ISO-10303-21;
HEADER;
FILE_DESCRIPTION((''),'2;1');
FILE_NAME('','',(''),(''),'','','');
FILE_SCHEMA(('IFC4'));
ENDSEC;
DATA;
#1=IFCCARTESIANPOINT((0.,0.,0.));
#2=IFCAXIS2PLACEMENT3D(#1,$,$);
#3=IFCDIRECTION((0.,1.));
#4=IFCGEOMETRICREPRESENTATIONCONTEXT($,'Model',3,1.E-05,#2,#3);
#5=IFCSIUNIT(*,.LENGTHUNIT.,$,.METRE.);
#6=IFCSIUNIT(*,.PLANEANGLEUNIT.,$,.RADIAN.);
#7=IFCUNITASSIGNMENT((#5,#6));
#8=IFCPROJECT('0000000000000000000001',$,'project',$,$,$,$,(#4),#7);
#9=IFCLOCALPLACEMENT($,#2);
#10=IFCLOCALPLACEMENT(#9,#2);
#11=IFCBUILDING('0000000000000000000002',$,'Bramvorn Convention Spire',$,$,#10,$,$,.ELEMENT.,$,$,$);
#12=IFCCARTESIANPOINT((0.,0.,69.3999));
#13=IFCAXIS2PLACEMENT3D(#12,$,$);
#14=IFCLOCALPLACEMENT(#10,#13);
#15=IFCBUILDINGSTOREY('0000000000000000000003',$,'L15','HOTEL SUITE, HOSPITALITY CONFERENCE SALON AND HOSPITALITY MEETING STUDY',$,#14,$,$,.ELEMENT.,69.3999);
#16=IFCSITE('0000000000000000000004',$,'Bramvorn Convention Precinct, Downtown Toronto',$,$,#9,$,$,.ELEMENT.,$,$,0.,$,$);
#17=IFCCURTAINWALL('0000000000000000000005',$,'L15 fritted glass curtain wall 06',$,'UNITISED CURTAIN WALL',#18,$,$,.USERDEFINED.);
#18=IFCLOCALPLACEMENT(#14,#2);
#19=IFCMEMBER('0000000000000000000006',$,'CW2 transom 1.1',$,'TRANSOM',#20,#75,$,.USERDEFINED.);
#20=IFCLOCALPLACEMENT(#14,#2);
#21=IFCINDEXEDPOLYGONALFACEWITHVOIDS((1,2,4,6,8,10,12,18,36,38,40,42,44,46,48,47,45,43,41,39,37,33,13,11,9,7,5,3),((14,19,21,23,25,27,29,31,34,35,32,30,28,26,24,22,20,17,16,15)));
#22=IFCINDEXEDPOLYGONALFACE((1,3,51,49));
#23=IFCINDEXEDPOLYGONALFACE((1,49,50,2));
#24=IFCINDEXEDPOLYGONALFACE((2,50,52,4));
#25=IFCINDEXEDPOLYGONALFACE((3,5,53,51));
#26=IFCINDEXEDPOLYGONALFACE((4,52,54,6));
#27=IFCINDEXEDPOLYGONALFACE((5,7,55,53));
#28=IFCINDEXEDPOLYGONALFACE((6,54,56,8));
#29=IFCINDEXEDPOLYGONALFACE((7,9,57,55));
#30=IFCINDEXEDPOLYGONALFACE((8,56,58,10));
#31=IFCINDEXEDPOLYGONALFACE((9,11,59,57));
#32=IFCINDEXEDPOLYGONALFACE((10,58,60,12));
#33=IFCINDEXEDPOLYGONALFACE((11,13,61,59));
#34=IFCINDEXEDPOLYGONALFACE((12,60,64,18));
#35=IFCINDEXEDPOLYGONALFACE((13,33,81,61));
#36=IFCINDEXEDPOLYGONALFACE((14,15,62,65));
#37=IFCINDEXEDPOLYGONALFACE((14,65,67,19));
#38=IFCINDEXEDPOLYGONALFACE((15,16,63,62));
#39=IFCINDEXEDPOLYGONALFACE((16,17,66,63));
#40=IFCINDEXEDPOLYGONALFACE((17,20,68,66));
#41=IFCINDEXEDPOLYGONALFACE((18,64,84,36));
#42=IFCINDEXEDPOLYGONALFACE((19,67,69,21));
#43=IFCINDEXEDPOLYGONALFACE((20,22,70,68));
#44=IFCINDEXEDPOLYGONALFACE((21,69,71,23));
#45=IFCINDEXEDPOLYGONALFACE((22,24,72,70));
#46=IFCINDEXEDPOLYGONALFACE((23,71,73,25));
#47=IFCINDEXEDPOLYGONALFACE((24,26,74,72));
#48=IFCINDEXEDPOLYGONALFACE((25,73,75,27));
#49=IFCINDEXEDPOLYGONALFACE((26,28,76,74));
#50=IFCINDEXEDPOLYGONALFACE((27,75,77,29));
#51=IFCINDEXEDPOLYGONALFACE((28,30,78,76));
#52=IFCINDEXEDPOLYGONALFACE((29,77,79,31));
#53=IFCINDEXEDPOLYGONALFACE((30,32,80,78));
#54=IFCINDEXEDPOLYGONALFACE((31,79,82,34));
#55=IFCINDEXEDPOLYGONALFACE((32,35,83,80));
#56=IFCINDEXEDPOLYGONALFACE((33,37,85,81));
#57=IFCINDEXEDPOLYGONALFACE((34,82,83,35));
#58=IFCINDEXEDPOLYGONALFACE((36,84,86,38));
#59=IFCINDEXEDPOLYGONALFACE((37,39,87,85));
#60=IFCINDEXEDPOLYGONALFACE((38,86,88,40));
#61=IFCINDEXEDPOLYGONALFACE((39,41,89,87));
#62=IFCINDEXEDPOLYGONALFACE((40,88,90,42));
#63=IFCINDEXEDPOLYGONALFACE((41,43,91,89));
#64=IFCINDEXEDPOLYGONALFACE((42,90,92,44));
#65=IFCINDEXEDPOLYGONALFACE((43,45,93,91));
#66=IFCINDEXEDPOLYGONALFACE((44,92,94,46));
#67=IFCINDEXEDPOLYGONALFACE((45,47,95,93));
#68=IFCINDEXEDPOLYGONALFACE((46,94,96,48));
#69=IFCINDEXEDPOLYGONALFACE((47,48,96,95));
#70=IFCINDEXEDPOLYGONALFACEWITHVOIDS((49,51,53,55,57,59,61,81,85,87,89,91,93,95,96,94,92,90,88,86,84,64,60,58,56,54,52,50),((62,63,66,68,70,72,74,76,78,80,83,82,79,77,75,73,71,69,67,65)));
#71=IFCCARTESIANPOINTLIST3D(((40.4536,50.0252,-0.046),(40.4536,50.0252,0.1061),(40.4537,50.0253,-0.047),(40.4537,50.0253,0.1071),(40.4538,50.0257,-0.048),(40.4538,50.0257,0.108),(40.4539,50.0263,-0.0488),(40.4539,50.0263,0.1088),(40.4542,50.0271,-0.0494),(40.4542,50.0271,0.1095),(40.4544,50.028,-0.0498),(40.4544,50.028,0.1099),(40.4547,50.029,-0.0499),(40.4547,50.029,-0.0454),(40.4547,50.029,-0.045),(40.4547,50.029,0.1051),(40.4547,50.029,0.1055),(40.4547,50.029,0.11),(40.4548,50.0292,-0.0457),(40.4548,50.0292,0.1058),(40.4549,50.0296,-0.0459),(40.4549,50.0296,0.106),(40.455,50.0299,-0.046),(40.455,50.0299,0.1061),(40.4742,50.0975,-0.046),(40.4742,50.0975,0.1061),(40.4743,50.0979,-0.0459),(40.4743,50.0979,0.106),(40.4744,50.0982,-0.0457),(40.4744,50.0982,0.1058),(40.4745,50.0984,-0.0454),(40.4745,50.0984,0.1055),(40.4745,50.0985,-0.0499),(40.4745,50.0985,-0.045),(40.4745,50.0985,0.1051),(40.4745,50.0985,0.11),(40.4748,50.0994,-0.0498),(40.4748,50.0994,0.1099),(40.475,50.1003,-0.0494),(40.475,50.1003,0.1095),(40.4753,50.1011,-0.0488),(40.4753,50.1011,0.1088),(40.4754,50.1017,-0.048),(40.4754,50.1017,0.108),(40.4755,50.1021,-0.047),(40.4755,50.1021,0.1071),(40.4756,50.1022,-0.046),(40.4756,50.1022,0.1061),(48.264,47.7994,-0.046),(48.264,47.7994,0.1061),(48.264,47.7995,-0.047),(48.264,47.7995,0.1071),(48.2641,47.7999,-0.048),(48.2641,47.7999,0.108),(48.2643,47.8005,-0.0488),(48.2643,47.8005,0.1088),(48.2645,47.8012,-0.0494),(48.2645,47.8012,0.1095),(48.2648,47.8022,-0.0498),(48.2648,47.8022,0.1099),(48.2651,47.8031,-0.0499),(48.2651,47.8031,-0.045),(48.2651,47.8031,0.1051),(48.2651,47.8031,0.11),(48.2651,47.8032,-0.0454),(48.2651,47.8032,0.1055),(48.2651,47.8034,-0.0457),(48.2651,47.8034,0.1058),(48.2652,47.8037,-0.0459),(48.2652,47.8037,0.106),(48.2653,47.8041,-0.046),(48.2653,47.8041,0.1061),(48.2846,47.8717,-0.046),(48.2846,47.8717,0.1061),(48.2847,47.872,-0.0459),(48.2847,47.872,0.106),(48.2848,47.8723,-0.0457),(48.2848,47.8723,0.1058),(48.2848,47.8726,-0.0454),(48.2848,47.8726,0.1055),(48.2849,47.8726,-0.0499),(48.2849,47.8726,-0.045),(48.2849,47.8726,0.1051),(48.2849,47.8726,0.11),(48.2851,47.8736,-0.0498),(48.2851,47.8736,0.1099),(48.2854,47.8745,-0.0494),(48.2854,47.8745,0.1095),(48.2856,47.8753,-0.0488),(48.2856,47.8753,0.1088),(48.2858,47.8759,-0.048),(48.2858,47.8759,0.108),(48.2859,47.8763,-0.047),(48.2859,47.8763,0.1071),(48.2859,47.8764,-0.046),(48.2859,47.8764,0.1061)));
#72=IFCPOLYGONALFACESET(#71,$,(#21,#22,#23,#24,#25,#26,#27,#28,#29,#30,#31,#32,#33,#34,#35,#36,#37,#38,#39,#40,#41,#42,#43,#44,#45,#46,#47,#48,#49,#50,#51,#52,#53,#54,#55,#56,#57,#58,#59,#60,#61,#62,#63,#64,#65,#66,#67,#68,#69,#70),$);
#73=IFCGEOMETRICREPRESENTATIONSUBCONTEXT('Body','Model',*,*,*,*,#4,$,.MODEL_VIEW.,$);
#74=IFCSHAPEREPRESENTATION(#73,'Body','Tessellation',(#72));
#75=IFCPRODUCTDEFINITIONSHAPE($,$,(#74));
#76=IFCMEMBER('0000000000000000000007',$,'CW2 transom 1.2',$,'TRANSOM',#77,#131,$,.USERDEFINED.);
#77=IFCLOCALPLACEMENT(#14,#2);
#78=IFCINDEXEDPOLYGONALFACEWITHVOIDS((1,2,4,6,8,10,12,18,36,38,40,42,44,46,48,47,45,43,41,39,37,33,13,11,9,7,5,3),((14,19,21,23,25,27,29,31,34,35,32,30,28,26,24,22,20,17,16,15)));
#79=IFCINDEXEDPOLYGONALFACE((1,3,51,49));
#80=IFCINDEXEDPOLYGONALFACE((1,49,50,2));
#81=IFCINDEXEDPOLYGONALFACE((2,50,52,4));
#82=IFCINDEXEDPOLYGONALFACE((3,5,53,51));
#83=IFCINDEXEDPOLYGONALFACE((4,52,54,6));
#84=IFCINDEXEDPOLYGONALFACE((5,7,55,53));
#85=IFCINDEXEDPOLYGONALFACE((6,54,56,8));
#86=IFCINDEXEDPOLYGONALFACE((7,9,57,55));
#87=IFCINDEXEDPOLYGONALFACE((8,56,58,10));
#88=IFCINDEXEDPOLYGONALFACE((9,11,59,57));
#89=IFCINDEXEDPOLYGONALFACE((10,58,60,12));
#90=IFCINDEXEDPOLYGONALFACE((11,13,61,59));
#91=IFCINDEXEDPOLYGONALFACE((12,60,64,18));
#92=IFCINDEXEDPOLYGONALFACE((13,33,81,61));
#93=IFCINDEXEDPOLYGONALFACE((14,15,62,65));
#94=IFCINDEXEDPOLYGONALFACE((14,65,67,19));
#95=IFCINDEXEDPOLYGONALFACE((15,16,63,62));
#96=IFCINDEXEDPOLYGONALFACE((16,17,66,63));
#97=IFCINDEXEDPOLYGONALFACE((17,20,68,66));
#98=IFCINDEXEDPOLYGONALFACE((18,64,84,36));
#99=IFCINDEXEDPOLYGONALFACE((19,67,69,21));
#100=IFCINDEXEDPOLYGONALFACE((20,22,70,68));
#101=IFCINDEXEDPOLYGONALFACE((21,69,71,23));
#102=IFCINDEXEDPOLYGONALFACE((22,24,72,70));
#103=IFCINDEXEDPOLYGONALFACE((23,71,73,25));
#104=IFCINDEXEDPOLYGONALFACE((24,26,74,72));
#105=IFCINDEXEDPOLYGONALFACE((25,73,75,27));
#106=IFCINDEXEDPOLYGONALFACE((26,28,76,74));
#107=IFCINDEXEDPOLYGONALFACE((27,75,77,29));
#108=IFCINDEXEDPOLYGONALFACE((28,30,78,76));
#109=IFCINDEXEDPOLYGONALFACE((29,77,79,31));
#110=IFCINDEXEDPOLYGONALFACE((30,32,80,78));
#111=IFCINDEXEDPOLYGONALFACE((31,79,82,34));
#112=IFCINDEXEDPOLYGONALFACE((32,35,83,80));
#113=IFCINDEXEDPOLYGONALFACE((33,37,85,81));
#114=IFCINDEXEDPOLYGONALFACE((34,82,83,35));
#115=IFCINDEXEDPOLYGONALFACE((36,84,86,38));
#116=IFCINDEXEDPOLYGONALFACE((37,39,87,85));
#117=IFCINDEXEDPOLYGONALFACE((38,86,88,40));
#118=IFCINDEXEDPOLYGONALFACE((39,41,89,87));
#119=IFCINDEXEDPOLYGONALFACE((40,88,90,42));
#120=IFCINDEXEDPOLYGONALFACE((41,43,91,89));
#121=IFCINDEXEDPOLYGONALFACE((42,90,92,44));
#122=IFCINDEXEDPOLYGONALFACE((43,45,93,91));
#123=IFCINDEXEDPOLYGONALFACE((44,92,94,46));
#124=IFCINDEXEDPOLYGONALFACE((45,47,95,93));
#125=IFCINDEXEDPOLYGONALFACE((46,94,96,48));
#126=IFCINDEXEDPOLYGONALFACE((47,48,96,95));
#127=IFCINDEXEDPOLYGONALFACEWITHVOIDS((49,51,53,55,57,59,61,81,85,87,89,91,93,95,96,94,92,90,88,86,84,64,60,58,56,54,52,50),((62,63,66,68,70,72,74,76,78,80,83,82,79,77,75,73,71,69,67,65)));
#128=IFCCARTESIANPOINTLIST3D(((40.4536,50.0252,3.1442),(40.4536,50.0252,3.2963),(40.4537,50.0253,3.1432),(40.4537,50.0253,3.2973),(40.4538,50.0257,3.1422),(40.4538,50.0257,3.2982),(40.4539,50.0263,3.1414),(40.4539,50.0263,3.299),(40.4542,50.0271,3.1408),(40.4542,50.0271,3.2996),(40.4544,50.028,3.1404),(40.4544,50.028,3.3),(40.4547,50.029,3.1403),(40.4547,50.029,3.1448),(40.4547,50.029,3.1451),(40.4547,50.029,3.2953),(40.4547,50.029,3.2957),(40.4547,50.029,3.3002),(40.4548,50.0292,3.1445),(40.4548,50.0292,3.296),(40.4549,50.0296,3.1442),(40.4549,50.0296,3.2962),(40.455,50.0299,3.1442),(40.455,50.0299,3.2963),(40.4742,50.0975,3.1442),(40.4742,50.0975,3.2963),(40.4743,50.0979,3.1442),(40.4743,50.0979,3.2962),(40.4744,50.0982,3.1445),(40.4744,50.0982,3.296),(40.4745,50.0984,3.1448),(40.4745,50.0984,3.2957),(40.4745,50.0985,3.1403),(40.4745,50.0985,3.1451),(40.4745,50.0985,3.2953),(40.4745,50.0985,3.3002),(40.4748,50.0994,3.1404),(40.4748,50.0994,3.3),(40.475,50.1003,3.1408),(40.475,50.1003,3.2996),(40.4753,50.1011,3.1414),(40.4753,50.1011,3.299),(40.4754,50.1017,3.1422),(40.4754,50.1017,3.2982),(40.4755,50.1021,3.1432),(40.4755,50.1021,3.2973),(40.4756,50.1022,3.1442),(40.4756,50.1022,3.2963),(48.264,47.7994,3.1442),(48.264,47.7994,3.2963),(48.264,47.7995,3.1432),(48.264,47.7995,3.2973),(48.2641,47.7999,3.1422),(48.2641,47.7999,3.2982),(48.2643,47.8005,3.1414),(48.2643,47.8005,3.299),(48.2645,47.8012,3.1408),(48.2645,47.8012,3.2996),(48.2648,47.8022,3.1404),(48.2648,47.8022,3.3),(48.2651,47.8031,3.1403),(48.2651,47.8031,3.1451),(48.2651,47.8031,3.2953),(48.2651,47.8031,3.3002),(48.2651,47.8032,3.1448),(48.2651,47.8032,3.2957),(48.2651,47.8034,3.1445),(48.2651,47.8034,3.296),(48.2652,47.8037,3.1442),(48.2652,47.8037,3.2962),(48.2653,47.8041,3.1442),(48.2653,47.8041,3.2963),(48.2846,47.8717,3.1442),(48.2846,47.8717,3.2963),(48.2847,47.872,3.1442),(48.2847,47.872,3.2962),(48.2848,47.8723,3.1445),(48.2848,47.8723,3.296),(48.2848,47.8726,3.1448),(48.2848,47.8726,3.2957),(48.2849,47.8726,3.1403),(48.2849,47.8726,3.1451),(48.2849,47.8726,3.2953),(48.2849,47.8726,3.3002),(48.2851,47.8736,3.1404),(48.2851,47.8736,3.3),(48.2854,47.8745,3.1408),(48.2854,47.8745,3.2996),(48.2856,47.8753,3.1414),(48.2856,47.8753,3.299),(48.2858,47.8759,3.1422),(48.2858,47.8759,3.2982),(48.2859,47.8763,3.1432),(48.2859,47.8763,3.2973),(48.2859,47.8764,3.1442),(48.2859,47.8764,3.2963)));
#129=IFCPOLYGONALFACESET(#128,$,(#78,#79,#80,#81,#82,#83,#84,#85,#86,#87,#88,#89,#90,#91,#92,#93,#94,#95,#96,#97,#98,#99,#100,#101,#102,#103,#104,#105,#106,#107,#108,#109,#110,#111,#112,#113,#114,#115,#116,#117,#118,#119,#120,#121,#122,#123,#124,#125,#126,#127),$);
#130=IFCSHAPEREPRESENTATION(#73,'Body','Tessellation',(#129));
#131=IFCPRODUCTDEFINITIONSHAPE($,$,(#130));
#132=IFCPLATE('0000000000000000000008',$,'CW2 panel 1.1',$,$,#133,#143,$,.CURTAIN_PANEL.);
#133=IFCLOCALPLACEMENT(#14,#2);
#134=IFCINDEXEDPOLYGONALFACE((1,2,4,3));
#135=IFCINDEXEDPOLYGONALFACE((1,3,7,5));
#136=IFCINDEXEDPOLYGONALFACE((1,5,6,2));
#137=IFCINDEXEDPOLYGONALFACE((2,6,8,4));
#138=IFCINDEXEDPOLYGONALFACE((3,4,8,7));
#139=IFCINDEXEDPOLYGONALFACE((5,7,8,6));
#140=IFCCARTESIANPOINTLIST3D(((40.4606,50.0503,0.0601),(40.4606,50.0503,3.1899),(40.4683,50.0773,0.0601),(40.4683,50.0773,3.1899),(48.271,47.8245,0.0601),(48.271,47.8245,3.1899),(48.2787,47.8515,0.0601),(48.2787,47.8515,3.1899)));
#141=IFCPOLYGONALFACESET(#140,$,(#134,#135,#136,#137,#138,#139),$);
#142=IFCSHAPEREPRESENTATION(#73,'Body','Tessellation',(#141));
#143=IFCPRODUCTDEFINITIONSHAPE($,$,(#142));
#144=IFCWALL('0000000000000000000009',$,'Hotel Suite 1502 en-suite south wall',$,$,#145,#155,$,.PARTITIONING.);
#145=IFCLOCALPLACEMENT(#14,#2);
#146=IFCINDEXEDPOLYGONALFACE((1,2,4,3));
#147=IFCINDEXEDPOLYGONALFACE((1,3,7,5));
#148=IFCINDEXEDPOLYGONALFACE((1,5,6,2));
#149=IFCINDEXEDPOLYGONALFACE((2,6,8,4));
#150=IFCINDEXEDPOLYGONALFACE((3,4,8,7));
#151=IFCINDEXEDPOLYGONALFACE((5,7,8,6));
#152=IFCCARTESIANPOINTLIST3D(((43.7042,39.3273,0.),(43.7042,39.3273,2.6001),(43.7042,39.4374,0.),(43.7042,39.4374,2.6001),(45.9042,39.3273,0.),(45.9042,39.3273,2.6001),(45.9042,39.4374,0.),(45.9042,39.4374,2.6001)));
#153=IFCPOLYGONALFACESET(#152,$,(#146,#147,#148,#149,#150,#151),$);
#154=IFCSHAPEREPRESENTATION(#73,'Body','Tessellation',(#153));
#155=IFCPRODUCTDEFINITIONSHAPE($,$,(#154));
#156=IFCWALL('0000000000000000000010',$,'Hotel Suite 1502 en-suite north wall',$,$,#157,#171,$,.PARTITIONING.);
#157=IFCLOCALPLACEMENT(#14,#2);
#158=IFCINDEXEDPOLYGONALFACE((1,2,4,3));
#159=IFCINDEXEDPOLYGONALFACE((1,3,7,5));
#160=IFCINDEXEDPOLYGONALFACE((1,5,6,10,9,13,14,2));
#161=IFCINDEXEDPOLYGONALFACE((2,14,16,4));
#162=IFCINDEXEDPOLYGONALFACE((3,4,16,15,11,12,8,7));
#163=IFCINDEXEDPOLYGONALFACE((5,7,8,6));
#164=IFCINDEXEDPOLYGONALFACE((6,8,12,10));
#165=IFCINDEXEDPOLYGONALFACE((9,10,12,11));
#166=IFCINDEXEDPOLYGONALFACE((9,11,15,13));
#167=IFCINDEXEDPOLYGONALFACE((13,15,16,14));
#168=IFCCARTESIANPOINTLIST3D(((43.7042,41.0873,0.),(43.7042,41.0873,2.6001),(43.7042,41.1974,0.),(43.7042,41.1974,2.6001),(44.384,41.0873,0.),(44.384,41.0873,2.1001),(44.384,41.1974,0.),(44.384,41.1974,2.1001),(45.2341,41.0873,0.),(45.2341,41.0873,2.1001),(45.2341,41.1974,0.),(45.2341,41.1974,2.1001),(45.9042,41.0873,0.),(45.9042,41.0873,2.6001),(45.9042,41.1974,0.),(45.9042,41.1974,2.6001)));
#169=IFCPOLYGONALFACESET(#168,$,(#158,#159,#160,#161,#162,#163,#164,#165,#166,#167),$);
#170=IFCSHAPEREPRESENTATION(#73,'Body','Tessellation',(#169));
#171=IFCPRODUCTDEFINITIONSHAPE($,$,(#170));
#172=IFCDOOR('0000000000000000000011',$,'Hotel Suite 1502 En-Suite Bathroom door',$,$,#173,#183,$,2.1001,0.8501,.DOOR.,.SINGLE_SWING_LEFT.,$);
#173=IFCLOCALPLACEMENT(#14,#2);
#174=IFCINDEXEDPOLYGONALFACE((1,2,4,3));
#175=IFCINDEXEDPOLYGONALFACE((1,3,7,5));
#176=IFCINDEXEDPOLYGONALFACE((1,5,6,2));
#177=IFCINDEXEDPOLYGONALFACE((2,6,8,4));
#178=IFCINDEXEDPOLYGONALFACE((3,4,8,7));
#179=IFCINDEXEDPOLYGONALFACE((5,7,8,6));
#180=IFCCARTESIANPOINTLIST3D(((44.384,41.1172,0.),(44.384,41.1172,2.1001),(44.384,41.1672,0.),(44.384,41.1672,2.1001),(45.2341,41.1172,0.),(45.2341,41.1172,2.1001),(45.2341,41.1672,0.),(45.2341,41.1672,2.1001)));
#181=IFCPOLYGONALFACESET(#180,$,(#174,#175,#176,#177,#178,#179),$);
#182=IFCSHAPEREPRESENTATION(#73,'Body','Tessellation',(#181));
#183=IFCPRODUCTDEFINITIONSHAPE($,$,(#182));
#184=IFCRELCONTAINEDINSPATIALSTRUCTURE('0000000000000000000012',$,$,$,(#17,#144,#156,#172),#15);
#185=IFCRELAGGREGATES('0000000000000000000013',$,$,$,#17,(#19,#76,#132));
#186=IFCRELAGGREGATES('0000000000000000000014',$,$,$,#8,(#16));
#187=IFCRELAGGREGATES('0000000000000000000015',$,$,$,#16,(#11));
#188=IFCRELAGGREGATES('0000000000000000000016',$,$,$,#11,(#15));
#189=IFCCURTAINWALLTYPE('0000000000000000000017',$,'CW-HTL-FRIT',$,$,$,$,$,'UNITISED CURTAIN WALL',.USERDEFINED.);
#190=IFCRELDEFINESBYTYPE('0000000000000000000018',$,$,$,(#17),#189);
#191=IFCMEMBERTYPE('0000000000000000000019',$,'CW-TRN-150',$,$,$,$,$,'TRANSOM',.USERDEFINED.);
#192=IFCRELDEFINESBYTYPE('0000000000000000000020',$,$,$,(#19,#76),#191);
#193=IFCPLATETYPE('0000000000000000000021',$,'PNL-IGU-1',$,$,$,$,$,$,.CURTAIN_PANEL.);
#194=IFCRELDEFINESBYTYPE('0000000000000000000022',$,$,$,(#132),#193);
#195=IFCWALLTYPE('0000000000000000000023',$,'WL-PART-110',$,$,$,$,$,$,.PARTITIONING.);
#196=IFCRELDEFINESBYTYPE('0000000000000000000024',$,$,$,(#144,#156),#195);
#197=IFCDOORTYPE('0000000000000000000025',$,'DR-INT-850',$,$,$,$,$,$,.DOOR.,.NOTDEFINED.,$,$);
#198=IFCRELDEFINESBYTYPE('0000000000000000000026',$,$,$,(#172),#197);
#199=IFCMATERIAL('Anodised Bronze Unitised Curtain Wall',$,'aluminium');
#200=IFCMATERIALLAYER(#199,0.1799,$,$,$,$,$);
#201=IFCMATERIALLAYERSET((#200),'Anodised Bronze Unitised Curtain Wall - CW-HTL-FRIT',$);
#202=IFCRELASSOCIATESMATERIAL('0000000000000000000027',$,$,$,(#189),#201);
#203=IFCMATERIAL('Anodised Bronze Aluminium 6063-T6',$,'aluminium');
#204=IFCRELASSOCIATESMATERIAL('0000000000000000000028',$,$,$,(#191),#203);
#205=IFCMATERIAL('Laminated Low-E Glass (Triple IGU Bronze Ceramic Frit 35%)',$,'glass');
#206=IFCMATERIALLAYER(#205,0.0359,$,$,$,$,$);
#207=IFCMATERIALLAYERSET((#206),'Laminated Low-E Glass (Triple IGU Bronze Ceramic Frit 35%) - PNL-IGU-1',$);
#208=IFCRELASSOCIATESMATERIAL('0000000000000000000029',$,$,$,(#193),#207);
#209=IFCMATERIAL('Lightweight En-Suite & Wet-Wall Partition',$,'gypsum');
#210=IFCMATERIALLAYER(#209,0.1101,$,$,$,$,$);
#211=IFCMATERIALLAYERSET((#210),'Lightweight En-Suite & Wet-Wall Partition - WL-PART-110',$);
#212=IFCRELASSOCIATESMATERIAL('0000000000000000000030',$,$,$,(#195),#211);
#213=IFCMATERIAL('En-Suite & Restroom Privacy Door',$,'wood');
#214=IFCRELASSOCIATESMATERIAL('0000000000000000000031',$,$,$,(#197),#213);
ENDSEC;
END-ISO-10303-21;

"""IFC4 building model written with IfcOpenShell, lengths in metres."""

from ifc_helpers import new_model, si_unit, direction, frame, frame_2d, origin, origin_2d, place, context, subcontext, project, spatial, rectangle, hollow_rectangle, extrude, material, layer, layer_set, material_profile, profile_set, type_object, element, fill, aggregate, save


model = new_model("IFC4")

# Units and contexts
model_context = context("Model", 3, precision=1e-05, world=origin(), true_north=direction((0.0, 1.0)))
body_context = subcontext(model_context, "Body", "Model", "MODEL_VIEW")
ifc_project = project(units=[si_unit("LENGTHUNIT", "METRE"), si_unit("PLANEANGLEUNIT", "RADIAN")], contexts=[model_context])

# Site, building, storey
site_placement = place(None, origin())
site = spatial("IfcSite", under=ifc_project, at=site_placement, Name="Bramvorn Convention Precinct, Downtown Toronto", CompositionType="ELEMENT", RefElevation=0.0)
building_placement = place(site_placement, origin())
building = spatial("IfcBuilding", under=site, at=building_placement, Name="Bramvorn Convention Spire", CompositionType="ELEMENT")
storey_placement = place(building_placement, frame((0.0, 0.0, 69.3999)))
storey = spatial("IfcBuildingStorey", under=building, at=storey_placement, Name="L15", Description="HOTEL SUITE, HOSPITALITY CONFERENCE SALON AND HOSPITALITY MEETING STUDY", CompositionType="ELEMENT", Elevation=69.3999)

# Shared definitions
ifc_material_1 = material(Name="Anodised Bronze Unitised Curtain Wall", Category="aluminium")
ifc_layer_1 = layer(ifc_material_1, 0.1799)
ifc_layer_set_1 = layer_set([ifc_layer_1], Name="Anodised Bronze Unitised Curtain Wall - CW-HTL-FRIT")
curtain_wall_type = type_object("IfcCurtainWallType", Name="CW-HTL-FRIT", ElementType="UNITISED CURTAIN WALL", PredefinedType="USERDEFINED", material=ifc_layer_set_1)
ifc_material_2 = material(Name="Anodised Bronze Aluminium 6063-T6", Category="aluminium")

# Curtain wall, members, plate
curtain_wall_1_placement = place(storey_placement, origin())
curtain_wall_1 = element("IfcCurtainWall", 1, at=curtain_wall_1_placement, inside=storey, type_object=curtain_wall_type, Name="L15 fritted glass curtain wall 06", ObjectType="UNITISED CURTAIN WALL", PredefinedType="USERDEFINED")
ifc_material_profile_1 = material_profile(ifc_material_2, hollow_rectangle(XDim=0.0801, YDim=0.1599, WallThickness=0.0039, InnerFilletRadius=0.001, OuterFilletRadius=0.0039, at=origin_2d()))
ifc_profile_set_1 = profile_set([ifc_material_profile_1], Name="Anodised Bronze Aluminium 6063-T6 - CWT80X160")
member_type_1 = type_object("IfcMemberType", Name="CW-TRN-150", ElementType="TRANSOM", PredefinedType="USERDEFINED", material=ifc_profile_set_1)
member_1_placement = place(storey_placement, frame((40.4646, 50.0637, 0.03), z_axis=(0.961709, -0.274074, 0.0), x_axis=(0.274074, 0.961709, 0.0)))
member_1 = element("IfcMember", 2, at=member_1_placement, type_object=member_type_1, Name="CW2 transom 1.1", ObjectType="TRANSOM", PredefinedType="USERDEFINED", context=body_context, shape_type="SweptSolid", body=[
    extrude(hollow_rectangle(XDim=0.0801, YDim=0.1599, WallThickness=0.0039, InnerFilletRadius=0.001, OuterFilletRadius=0.0039, at=origin_2d()), origin(), (0.0, 0.0, 1.0), 8.1213),
])
member_2_placement = place(storey_placement, frame((40.4646, 50.0637, 3.2202), z_axis=(0.961709, -0.274074, 0.0), x_axis=(0.274074, 0.961709, 0.0)))
member_2 = element("IfcMember", 3, at=member_2_placement, type_object=member_type_1, Name="CW2 transom 1.2", ObjectType="TRANSOM", PredefinedType="USERDEFINED", context=body_context, shape_type="SweptSolid", body=[
    extrude(hollow_rectangle(XDim=0.0801, YDim=0.1599, WallThickness=0.0039, InnerFilletRadius=0.001, OuterFilletRadius=0.0039, at=origin_2d()), origin(), (0.0, 0.0, 1.0), 8.1213),
])
ifc_material_3 = material(Name="Laminated Low-E Glass (Triple IGU Bronze Ceramic Frit 35%)", Category="glass")
ifc_layer_2 = layer(ifc_material_3, 0.0359)
ifc_layer_set_2 = layer_set([ifc_layer_2], Name="Laminated Low-E Glass (Triple IGU Bronze Ceramic Frit 35%) - PNL-IGU-1")
plate_type = type_object("IfcPlateType", Name="PNL-IGU-1", PredefinedType="CURTAIN_PANEL", material=ifc_layer_set_2)
plate_placement = place(storey_placement, frame((44.3696, 48.9509, 0.0601), z_axis=(0.0, 0.0, 1.0), x_axis=(0.96171, -0.274069, 0.0)))
plate = element("IfcPlate", 4, at=plate_placement, type_object=plate_type, Name="CW2 panel 1.1", PredefinedType="CURTAIN_PANEL", context=body_context, shape_type="SweptSolid", body=[
    extrude(rectangle(XDim=8.1213, YDim=0.0281, at=origin_2d()), origin(), (0.0, 0.0, 1.0), 3.1299),
])
aggregate(curtain_wall_1, [member_1, member_2, plate])

# Wall
ifc_material_4 = material(Name="Lightweight En-Suite & Wet-Wall Partition", Category="gypsum")
ifc_layer_3 = layer(ifc_material_4, 0.1101)
ifc_layer_set_3 = layer_set([ifc_layer_3], Name="Lightweight En-Suite & Wet-Wall Partition - WL-PART-110")
wall_type_1 = type_object("IfcWallType", Name="WL-PART-110", PredefinedType="PARTITIONING", material=ifc_layer_set_3)
wall_1_placement = place(storey_placement, frame((43.7041, 39.3823, 0.0), z_axis=(0.0, 0.0, 1.0), x_axis=(1.0, 0.0, 0.0)))
element("IfcWall", 5, at=wall_1_placement, inside=storey, type_object=wall_type_1, Name="Hotel Suite 1502 en-suite south wall", PredefinedType="PARTITIONING", context=body_context, shape_type="SweptSolid", body=[
    extrude(rectangle(XDim=2.2, YDim=0.1101, at=frame_2d((1.1001, 0.0))), origin(), (0.0, 0.0, 1.0), 2.6001),
])

# Wall, opening, door
wall_2_placement = place(storey_placement, frame((43.7041, 41.1423, 0.0), z_axis=(0.0, 0.0, 1.0), x_axis=(1.0, 0.0, 0.0)))
wall_2 = element("IfcWall", 6, at=wall_2_placement, inside=storey, type_object=wall_type_1, Name="Hotel Suite 1502 en-suite north wall", PredefinedType="PARTITIONING", context=body_context, shape_type="SweptSolid", body=[
    extrude(rectangle(XDim=2.2, YDim=0.1101, at=frame_2d((1.1001, 0.0))), origin(), (0.0, 0.0, 1.0), 2.6001),
])
opening_1_placement = place(wall_2_placement, frame((0.6799, 0.0, 0.0)))
opening_1 = element("IfcOpeningElement", 7, at=opening_1_placement, cuts=wall_2, PredefinedType="OPENING", context=body_context, shape_type="SweptSolid", body=[
    extrude(rectangle(XDim=0.8501, YDim=2.1001, at=frame_2d((0.425, 1.05))), frame((0.0, 0.0649, 0.0), z_axis=(0.0, -1.0, 0.0), x_axis=(1.0, 0.0, 0.0)), (0.0, 0.0, 1.0), 0.1301),
])
ifc_material_5 = material(Name="En-Suite & Restroom Privacy Door", Category="wood")
door_type_1 = type_object("IfcDoorType", Name="DR-INT-850", OperationType="NOTDEFINED", PredefinedType="DOOR", material=ifc_material_5)
door_1_placement = place(opening_1_placement, origin())
door_1 = element("IfcDoor", 8, at=door_1_placement, inside=storey, type_object=door_type_1, Name="Hotel Suite 1502 En-Suite Bathroom door", OperationType="SINGLE_SWING_LEFT", OverallHeight=2.1001, OverallWidth=0.8501, PredefinedType="DOOR", context=body_context, shape_type="SweptSolid", body=[
    extrude(rectangle(XDim=0.8501, YDim=2.1001, at=frame_2d((0.425, 1.05))), frame((0.0, 0.0249, 0.0), z_axis=(0.0, -1.0, 0.0), x_axis=(1.0, 0.0, 0.0)), (0.0, 0.0, 1.0), 0.05),
])
fill(opening_1, door_1)

save(model, "model.ifc")
